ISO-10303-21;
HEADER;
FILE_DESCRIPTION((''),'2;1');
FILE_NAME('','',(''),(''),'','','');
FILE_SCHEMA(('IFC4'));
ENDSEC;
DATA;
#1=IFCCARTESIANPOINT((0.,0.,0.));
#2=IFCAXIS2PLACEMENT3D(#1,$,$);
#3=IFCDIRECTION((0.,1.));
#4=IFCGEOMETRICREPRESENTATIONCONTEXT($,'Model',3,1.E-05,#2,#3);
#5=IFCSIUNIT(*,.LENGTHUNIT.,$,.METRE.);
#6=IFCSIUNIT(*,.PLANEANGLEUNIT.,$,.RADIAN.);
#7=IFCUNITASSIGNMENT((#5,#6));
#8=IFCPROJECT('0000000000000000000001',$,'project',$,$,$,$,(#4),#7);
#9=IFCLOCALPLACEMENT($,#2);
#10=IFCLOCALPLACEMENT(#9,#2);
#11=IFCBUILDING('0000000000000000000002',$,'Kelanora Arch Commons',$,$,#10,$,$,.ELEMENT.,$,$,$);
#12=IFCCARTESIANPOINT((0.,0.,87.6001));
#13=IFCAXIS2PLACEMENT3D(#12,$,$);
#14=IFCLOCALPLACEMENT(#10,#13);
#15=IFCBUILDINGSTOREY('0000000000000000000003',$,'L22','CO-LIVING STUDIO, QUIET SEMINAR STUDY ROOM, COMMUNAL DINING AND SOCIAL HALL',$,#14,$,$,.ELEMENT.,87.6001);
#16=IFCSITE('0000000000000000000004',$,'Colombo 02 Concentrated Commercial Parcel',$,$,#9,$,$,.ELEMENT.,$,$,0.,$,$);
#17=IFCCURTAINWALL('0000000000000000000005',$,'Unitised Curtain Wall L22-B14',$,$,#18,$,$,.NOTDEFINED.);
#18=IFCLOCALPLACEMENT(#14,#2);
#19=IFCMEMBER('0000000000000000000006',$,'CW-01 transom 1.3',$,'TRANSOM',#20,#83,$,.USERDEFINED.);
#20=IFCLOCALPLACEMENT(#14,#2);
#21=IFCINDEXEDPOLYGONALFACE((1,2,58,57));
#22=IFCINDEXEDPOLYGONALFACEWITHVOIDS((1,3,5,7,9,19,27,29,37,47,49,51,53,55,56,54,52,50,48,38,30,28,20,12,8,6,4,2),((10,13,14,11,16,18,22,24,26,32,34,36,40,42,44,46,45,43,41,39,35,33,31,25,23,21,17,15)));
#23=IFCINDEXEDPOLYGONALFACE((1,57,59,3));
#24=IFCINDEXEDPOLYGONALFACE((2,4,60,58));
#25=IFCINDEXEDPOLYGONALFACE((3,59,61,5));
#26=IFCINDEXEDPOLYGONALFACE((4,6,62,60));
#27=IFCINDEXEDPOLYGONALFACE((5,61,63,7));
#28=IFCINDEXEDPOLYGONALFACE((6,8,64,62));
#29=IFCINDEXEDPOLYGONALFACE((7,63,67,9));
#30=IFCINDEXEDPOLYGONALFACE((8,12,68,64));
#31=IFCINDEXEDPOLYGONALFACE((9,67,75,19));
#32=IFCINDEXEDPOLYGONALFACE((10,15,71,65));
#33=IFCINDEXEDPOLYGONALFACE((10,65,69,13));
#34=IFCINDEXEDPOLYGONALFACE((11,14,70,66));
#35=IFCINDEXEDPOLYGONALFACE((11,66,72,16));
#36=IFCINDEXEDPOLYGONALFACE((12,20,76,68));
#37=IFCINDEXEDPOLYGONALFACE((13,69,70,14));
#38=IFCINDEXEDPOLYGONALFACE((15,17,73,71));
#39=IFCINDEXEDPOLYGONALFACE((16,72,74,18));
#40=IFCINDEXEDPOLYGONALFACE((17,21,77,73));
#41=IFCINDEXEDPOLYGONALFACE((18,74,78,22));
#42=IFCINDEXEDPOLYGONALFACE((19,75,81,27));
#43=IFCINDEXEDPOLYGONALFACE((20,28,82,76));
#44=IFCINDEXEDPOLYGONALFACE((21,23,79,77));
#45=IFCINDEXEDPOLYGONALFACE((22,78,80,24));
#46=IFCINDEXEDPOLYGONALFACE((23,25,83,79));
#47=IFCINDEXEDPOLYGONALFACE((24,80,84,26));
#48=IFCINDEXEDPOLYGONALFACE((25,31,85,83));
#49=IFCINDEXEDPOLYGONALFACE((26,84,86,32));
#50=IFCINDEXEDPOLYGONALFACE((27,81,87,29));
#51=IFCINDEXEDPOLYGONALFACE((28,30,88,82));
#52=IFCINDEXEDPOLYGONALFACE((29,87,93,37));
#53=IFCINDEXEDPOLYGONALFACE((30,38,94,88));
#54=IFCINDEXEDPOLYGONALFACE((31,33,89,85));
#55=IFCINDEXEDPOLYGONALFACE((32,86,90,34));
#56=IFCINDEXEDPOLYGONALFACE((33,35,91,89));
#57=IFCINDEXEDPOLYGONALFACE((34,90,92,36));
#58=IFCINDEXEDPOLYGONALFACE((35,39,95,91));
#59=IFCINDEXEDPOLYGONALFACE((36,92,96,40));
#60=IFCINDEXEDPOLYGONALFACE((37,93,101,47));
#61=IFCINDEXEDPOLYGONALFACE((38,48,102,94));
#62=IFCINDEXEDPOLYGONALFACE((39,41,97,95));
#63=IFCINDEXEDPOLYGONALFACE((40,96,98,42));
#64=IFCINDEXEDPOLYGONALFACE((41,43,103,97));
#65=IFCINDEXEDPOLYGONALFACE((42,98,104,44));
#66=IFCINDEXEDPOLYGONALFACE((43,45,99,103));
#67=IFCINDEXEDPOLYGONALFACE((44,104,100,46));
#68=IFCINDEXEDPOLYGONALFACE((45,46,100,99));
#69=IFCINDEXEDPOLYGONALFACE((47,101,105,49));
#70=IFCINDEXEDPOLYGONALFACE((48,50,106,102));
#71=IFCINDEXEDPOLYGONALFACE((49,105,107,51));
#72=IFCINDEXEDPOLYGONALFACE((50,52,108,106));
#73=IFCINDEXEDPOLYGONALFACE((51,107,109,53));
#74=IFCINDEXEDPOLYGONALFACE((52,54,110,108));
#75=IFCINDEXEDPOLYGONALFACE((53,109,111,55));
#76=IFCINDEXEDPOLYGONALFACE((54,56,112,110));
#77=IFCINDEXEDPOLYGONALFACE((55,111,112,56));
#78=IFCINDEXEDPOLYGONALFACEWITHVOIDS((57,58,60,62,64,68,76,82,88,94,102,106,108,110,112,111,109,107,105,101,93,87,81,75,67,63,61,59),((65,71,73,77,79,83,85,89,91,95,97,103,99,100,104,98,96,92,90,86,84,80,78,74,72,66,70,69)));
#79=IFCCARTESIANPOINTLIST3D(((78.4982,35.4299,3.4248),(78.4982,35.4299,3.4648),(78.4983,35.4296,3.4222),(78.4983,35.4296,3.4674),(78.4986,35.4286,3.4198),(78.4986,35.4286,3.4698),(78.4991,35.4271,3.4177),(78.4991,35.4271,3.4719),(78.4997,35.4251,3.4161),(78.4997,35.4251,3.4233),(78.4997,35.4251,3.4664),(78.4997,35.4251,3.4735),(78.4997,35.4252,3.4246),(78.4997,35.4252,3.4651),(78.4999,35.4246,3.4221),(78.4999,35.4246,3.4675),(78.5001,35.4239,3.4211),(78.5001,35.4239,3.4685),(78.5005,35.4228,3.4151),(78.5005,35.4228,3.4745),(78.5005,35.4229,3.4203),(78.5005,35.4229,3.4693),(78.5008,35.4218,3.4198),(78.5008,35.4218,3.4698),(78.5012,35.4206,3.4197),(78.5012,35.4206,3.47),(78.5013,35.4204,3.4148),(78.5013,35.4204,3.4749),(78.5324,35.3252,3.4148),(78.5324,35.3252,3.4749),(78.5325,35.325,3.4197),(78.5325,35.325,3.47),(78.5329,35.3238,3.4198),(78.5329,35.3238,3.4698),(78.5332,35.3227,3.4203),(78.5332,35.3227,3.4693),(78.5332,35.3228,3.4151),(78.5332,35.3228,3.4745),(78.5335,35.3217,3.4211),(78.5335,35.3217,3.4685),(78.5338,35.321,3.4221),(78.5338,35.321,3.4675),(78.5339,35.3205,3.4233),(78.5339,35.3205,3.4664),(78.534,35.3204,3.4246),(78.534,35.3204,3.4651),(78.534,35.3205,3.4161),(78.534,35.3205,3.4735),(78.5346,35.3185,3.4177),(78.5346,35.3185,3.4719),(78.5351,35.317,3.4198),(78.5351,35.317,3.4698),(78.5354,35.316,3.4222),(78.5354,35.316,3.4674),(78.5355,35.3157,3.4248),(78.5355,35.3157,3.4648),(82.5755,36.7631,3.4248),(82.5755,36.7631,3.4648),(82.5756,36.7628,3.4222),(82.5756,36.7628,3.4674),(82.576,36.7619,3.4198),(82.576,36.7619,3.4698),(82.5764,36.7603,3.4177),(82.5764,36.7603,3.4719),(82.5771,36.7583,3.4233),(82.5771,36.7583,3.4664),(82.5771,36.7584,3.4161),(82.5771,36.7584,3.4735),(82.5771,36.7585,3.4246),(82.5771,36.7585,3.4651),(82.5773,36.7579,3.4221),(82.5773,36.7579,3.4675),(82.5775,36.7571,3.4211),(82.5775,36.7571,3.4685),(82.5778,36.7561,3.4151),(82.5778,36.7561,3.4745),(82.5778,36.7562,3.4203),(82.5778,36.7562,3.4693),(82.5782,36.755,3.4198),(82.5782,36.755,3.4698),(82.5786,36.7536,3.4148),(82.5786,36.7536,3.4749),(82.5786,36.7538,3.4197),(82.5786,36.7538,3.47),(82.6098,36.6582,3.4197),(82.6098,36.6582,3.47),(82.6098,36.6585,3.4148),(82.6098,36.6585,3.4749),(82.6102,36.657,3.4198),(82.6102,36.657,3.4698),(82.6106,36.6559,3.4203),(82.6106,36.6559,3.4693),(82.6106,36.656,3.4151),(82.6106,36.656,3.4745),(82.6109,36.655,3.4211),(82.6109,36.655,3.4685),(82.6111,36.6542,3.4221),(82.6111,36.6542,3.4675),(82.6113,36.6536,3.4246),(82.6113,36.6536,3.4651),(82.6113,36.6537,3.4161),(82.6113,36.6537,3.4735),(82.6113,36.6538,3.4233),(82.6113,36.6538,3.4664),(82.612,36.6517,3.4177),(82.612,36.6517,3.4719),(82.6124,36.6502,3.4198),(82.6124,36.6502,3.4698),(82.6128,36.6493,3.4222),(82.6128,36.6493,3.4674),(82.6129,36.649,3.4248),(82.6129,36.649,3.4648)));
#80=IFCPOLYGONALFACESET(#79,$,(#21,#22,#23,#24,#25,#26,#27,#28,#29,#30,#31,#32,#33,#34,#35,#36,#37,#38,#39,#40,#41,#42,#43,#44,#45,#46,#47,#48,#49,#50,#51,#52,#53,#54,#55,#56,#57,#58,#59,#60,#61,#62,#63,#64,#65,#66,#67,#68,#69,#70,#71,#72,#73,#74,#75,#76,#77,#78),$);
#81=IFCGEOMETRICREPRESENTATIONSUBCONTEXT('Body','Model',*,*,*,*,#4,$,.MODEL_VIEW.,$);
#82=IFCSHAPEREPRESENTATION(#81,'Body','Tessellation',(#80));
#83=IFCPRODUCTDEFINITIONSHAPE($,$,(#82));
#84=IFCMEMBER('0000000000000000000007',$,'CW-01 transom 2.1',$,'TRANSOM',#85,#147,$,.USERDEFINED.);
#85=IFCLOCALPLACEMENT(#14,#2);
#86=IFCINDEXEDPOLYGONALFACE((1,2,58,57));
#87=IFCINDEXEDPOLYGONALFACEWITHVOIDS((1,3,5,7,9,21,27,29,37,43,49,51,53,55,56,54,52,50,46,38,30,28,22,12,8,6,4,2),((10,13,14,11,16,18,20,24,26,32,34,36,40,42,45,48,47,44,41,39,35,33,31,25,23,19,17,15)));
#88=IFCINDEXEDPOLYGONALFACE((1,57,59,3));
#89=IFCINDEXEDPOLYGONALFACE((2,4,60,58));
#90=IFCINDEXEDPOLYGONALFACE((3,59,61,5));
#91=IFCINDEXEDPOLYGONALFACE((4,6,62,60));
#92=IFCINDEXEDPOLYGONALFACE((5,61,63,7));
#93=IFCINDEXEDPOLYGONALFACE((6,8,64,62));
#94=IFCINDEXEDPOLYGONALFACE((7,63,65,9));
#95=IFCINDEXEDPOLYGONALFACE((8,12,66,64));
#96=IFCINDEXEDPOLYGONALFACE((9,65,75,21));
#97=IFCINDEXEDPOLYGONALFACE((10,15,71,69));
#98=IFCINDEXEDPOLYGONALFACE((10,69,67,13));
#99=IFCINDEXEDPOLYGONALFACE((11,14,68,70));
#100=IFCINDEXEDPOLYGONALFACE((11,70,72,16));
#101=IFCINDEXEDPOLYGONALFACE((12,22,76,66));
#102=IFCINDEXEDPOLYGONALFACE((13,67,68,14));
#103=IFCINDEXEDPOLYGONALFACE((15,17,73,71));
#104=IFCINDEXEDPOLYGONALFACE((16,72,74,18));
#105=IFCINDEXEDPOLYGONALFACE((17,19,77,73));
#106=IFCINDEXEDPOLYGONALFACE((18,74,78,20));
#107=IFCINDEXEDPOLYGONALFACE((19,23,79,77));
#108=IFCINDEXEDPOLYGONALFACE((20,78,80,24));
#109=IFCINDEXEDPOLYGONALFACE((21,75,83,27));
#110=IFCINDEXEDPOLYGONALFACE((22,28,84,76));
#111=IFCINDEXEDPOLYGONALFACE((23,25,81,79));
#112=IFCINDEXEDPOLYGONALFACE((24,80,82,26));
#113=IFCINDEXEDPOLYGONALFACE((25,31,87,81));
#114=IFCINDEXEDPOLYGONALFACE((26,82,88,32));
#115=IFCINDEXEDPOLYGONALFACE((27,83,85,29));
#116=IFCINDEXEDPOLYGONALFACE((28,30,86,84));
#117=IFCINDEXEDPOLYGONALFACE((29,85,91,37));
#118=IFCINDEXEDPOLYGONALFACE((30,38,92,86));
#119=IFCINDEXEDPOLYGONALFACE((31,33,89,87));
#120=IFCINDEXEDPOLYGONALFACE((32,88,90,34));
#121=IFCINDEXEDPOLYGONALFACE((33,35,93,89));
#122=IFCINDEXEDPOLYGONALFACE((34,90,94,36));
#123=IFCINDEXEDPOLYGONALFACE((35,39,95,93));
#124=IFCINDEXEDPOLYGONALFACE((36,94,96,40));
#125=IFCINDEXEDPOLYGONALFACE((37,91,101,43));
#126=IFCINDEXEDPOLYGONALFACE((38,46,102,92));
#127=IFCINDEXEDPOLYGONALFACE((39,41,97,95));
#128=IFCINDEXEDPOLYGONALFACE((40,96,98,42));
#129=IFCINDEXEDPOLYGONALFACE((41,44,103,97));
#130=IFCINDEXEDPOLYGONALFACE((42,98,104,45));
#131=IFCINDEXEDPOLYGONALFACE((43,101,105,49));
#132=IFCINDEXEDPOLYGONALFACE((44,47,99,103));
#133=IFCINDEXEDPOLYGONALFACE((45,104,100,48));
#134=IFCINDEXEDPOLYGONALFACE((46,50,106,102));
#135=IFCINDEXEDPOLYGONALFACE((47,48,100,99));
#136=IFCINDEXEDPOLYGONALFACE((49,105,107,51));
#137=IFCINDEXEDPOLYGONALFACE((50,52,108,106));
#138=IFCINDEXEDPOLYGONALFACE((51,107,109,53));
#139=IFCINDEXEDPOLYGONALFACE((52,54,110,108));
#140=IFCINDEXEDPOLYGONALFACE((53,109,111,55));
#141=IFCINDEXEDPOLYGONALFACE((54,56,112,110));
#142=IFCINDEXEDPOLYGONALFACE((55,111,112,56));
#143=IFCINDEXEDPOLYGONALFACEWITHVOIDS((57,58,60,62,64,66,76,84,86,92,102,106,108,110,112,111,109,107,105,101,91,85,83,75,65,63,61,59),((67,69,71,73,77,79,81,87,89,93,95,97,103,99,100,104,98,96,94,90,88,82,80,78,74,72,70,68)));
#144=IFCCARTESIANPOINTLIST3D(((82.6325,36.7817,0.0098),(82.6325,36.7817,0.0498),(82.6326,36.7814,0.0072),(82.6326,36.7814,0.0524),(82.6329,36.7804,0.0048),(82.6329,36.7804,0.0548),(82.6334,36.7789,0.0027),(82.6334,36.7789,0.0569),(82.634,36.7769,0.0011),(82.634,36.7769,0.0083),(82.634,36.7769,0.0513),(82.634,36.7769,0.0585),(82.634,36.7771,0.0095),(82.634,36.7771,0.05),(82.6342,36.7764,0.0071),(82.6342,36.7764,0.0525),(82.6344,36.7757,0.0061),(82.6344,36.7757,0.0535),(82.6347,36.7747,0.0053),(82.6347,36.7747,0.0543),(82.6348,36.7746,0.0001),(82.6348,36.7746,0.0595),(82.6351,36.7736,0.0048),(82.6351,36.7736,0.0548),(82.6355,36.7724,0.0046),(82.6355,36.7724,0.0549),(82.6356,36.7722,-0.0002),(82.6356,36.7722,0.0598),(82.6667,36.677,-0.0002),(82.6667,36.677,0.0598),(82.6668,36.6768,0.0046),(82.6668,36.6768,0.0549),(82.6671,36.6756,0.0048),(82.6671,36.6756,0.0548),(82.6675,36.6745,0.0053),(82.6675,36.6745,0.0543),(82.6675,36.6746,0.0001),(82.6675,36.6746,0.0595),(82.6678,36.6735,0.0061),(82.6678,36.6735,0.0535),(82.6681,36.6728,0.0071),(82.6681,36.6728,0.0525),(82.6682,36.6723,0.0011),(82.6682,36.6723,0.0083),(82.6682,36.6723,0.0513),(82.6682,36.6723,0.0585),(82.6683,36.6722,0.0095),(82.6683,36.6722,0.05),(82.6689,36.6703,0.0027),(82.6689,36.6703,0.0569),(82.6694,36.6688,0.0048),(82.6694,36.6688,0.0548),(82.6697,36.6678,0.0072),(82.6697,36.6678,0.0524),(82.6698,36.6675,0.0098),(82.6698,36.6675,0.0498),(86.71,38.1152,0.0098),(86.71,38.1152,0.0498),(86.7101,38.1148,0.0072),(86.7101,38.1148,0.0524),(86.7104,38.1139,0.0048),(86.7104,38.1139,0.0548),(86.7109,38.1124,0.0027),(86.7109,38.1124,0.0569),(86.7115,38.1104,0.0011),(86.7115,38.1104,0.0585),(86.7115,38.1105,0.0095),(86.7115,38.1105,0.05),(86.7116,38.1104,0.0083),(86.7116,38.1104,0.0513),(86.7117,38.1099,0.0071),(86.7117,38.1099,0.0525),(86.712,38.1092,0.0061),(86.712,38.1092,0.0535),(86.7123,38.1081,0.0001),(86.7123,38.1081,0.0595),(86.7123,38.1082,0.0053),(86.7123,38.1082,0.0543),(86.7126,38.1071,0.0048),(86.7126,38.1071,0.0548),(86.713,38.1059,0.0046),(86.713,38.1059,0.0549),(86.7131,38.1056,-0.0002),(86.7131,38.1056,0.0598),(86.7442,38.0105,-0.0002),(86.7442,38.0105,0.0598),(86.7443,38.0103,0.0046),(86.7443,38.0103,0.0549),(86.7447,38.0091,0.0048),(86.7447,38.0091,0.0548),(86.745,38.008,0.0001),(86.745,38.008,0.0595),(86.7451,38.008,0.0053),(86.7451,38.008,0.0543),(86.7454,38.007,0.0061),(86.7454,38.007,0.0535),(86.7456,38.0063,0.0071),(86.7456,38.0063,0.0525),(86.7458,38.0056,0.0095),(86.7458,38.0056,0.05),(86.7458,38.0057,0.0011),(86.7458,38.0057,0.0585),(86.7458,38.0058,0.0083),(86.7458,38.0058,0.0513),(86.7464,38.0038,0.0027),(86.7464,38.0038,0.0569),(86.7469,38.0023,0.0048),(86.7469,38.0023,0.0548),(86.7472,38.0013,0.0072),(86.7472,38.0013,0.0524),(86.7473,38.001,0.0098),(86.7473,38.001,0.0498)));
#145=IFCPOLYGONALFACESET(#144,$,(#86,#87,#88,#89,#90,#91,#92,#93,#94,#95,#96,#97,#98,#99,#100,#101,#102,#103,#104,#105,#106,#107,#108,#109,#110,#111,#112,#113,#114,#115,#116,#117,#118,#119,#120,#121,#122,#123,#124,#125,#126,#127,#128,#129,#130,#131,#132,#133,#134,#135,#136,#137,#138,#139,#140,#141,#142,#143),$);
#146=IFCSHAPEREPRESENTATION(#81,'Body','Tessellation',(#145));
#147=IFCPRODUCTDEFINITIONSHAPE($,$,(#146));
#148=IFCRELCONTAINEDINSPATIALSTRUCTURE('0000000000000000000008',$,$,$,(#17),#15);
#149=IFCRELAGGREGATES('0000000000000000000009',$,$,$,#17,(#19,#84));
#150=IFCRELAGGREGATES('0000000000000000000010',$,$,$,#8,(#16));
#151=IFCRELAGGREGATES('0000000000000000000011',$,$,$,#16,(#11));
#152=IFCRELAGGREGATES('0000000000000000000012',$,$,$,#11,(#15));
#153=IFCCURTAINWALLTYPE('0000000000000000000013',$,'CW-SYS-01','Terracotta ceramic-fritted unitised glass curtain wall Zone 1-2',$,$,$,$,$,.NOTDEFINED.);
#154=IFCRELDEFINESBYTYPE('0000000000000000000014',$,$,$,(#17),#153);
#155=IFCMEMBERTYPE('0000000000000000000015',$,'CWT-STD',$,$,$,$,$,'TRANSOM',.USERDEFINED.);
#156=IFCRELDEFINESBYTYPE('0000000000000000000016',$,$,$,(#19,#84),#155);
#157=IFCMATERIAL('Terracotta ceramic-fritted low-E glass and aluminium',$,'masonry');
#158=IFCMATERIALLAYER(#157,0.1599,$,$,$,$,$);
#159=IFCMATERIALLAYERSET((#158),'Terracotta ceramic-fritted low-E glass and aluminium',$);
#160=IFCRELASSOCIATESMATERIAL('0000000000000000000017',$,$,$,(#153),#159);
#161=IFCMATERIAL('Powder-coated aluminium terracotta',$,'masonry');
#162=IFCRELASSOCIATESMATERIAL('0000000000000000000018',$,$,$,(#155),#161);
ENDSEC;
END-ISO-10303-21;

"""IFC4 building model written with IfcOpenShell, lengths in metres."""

from ifc_helpers import new_model, si_unit, direction, frame, origin, origin_2d, place, context, subcontext, project, spatial, hollow_rectangle, extrude, material, layer, layer_set, material_profile, profile_set, type_object, element, aggregate, save


model = new_model("IFC4")

# Units and contexts
model_context = context("Model", 3, precision=1e-05, world=origin(), true_north=direction((0.0, 1.0)))
body_context = subcontext(model_context, "Body", "Model", "MODEL_VIEW")
ifc_project = project(units=[si_unit("LENGTHUNIT", "METRE"), si_unit("PLANEANGLEUNIT", "RADIAN")], contexts=[model_context])

# Site, building, storey
site_placement = place(None, origin())
site = spatial("IfcSite", under=ifc_project, at=site_placement, Name="Colombo 02 Concentrated Commercial Parcel", CompositionType="ELEMENT", RefElevation=0.0)
building_placement = place(site_placement, origin())
building = spatial("IfcBuilding", under=site, at=building_placement, Name="Kelanora Arch Commons", CompositionType="ELEMENT")
storey_placement = place(building_placement, frame((0.0, 0.0, 87.6001)))
storey = spatial("IfcBuildingStorey", under=building, at=storey_placement, Name="L22", Description="CO-LIVING STUDIO, QUIET SEMINAR STUDY ROOM, COMMUNAL DINING AND SOCIAL HALL", CompositionType="ELEMENT", Elevation=87.6001)

# Curtain wall, members
ifc_material_1 = material(Name="Terracotta ceramic-fritted low-E glass and aluminium", Category="masonry")
ifc_layer_1 = layer(ifc_material_1, 0.1599)
ifc_layer_set_1 = layer_set([ifc_layer_1], Name="Terracotta ceramic-fritted low-E glass and aluminium")
curtain_wall_type = type_object("IfcCurtainWallType", Name="CW-SYS-01", Description="Terracotta ceramic-fritted unitised glass curtain wall Zone 1-2", PredefinedType="NOTDEFINED", material=ifc_layer_set_1)
curtain_wall_placement = place(storey_placement, origin())
curtain_wall = element("IfcCurtainWall", 1, at=curtain_wall_placement, inside=storey, type_object=curtain_wall_type, Name="Unitised Curtain Wall L22-B14", PredefinedType="NOTDEFINED")
ifc_material_2 = material(Name="Powder-coated aluminium terracotta", Category="masonry")
ifc_material_profile_1 = material_profile(ifc_material_2, hollow_rectangle(XDim=0.1201, YDim=0.0601, WallThickness=0.0049, InnerFilletRadius=0.0049, OuterFilletRadius=0.01, at=origin_2d()), Name="CWT120x60")
ifc_profile_set_1 = profile_set([ifc_material_profile_1], Name="Powder-coated aluminium terracotta")
member_type_1 = type_object("IfcMemberType", Name="CWT-STD", ElementType="TRANSOM", PredefinedType="USERDEFINED", material=ifc_profile_set_1)
member_1_placement = place(storey_placement, frame((78.5168, 35.3728, 3.4448), z_axis=(0.950478, 0.310793, 0.0), x_axis=(-0.310793, 0.950478, 0.0)))
member_1 = element("IfcMember", 2, at=member_1_placement, type_object=member_type_1, Name="CW-01 transom 1.3", ObjectType="TRANSOM", PredefinedType="USERDEFINED", context=body_context, shape_type="SweptSolid", body=[
    extrude(hollow_rectangle(XDim=0.1201, YDim=0.0601, WallThickness=0.0049, InnerFilletRadius=0.0049, OuterFilletRadius=0.01, at=origin_2d()), origin(), (0.0, 0.0, 1.0), 4.2898),
])
member_2_placement = place(storey_placement, frame((82.6511, 36.7246, 0.0298), z_axis=(0.950466, 0.310828, 0.0), x_axis=(-0.310828, 0.950466, 0.0)))
member_2 = element("IfcMember", 3, at=member_2_placement, type_object=member_type_1, Name="CW-01 transom 2.1", ObjectType="TRANSOM", PredefinedType="USERDEFINED", context=body_context, shape_type="SweptSolid", body=[
    extrude(hollow_rectangle(XDim=0.1201, YDim=0.0601, WallThickness=0.0049, InnerFilletRadius=0.0049, OuterFilletRadius=0.01, at=origin_2d()), origin(), (0.0, 0.0, 1.0), 4.29),
])
aggregate(curtain_wall, [member_1, member_2])

save(model, "model.ifc")
